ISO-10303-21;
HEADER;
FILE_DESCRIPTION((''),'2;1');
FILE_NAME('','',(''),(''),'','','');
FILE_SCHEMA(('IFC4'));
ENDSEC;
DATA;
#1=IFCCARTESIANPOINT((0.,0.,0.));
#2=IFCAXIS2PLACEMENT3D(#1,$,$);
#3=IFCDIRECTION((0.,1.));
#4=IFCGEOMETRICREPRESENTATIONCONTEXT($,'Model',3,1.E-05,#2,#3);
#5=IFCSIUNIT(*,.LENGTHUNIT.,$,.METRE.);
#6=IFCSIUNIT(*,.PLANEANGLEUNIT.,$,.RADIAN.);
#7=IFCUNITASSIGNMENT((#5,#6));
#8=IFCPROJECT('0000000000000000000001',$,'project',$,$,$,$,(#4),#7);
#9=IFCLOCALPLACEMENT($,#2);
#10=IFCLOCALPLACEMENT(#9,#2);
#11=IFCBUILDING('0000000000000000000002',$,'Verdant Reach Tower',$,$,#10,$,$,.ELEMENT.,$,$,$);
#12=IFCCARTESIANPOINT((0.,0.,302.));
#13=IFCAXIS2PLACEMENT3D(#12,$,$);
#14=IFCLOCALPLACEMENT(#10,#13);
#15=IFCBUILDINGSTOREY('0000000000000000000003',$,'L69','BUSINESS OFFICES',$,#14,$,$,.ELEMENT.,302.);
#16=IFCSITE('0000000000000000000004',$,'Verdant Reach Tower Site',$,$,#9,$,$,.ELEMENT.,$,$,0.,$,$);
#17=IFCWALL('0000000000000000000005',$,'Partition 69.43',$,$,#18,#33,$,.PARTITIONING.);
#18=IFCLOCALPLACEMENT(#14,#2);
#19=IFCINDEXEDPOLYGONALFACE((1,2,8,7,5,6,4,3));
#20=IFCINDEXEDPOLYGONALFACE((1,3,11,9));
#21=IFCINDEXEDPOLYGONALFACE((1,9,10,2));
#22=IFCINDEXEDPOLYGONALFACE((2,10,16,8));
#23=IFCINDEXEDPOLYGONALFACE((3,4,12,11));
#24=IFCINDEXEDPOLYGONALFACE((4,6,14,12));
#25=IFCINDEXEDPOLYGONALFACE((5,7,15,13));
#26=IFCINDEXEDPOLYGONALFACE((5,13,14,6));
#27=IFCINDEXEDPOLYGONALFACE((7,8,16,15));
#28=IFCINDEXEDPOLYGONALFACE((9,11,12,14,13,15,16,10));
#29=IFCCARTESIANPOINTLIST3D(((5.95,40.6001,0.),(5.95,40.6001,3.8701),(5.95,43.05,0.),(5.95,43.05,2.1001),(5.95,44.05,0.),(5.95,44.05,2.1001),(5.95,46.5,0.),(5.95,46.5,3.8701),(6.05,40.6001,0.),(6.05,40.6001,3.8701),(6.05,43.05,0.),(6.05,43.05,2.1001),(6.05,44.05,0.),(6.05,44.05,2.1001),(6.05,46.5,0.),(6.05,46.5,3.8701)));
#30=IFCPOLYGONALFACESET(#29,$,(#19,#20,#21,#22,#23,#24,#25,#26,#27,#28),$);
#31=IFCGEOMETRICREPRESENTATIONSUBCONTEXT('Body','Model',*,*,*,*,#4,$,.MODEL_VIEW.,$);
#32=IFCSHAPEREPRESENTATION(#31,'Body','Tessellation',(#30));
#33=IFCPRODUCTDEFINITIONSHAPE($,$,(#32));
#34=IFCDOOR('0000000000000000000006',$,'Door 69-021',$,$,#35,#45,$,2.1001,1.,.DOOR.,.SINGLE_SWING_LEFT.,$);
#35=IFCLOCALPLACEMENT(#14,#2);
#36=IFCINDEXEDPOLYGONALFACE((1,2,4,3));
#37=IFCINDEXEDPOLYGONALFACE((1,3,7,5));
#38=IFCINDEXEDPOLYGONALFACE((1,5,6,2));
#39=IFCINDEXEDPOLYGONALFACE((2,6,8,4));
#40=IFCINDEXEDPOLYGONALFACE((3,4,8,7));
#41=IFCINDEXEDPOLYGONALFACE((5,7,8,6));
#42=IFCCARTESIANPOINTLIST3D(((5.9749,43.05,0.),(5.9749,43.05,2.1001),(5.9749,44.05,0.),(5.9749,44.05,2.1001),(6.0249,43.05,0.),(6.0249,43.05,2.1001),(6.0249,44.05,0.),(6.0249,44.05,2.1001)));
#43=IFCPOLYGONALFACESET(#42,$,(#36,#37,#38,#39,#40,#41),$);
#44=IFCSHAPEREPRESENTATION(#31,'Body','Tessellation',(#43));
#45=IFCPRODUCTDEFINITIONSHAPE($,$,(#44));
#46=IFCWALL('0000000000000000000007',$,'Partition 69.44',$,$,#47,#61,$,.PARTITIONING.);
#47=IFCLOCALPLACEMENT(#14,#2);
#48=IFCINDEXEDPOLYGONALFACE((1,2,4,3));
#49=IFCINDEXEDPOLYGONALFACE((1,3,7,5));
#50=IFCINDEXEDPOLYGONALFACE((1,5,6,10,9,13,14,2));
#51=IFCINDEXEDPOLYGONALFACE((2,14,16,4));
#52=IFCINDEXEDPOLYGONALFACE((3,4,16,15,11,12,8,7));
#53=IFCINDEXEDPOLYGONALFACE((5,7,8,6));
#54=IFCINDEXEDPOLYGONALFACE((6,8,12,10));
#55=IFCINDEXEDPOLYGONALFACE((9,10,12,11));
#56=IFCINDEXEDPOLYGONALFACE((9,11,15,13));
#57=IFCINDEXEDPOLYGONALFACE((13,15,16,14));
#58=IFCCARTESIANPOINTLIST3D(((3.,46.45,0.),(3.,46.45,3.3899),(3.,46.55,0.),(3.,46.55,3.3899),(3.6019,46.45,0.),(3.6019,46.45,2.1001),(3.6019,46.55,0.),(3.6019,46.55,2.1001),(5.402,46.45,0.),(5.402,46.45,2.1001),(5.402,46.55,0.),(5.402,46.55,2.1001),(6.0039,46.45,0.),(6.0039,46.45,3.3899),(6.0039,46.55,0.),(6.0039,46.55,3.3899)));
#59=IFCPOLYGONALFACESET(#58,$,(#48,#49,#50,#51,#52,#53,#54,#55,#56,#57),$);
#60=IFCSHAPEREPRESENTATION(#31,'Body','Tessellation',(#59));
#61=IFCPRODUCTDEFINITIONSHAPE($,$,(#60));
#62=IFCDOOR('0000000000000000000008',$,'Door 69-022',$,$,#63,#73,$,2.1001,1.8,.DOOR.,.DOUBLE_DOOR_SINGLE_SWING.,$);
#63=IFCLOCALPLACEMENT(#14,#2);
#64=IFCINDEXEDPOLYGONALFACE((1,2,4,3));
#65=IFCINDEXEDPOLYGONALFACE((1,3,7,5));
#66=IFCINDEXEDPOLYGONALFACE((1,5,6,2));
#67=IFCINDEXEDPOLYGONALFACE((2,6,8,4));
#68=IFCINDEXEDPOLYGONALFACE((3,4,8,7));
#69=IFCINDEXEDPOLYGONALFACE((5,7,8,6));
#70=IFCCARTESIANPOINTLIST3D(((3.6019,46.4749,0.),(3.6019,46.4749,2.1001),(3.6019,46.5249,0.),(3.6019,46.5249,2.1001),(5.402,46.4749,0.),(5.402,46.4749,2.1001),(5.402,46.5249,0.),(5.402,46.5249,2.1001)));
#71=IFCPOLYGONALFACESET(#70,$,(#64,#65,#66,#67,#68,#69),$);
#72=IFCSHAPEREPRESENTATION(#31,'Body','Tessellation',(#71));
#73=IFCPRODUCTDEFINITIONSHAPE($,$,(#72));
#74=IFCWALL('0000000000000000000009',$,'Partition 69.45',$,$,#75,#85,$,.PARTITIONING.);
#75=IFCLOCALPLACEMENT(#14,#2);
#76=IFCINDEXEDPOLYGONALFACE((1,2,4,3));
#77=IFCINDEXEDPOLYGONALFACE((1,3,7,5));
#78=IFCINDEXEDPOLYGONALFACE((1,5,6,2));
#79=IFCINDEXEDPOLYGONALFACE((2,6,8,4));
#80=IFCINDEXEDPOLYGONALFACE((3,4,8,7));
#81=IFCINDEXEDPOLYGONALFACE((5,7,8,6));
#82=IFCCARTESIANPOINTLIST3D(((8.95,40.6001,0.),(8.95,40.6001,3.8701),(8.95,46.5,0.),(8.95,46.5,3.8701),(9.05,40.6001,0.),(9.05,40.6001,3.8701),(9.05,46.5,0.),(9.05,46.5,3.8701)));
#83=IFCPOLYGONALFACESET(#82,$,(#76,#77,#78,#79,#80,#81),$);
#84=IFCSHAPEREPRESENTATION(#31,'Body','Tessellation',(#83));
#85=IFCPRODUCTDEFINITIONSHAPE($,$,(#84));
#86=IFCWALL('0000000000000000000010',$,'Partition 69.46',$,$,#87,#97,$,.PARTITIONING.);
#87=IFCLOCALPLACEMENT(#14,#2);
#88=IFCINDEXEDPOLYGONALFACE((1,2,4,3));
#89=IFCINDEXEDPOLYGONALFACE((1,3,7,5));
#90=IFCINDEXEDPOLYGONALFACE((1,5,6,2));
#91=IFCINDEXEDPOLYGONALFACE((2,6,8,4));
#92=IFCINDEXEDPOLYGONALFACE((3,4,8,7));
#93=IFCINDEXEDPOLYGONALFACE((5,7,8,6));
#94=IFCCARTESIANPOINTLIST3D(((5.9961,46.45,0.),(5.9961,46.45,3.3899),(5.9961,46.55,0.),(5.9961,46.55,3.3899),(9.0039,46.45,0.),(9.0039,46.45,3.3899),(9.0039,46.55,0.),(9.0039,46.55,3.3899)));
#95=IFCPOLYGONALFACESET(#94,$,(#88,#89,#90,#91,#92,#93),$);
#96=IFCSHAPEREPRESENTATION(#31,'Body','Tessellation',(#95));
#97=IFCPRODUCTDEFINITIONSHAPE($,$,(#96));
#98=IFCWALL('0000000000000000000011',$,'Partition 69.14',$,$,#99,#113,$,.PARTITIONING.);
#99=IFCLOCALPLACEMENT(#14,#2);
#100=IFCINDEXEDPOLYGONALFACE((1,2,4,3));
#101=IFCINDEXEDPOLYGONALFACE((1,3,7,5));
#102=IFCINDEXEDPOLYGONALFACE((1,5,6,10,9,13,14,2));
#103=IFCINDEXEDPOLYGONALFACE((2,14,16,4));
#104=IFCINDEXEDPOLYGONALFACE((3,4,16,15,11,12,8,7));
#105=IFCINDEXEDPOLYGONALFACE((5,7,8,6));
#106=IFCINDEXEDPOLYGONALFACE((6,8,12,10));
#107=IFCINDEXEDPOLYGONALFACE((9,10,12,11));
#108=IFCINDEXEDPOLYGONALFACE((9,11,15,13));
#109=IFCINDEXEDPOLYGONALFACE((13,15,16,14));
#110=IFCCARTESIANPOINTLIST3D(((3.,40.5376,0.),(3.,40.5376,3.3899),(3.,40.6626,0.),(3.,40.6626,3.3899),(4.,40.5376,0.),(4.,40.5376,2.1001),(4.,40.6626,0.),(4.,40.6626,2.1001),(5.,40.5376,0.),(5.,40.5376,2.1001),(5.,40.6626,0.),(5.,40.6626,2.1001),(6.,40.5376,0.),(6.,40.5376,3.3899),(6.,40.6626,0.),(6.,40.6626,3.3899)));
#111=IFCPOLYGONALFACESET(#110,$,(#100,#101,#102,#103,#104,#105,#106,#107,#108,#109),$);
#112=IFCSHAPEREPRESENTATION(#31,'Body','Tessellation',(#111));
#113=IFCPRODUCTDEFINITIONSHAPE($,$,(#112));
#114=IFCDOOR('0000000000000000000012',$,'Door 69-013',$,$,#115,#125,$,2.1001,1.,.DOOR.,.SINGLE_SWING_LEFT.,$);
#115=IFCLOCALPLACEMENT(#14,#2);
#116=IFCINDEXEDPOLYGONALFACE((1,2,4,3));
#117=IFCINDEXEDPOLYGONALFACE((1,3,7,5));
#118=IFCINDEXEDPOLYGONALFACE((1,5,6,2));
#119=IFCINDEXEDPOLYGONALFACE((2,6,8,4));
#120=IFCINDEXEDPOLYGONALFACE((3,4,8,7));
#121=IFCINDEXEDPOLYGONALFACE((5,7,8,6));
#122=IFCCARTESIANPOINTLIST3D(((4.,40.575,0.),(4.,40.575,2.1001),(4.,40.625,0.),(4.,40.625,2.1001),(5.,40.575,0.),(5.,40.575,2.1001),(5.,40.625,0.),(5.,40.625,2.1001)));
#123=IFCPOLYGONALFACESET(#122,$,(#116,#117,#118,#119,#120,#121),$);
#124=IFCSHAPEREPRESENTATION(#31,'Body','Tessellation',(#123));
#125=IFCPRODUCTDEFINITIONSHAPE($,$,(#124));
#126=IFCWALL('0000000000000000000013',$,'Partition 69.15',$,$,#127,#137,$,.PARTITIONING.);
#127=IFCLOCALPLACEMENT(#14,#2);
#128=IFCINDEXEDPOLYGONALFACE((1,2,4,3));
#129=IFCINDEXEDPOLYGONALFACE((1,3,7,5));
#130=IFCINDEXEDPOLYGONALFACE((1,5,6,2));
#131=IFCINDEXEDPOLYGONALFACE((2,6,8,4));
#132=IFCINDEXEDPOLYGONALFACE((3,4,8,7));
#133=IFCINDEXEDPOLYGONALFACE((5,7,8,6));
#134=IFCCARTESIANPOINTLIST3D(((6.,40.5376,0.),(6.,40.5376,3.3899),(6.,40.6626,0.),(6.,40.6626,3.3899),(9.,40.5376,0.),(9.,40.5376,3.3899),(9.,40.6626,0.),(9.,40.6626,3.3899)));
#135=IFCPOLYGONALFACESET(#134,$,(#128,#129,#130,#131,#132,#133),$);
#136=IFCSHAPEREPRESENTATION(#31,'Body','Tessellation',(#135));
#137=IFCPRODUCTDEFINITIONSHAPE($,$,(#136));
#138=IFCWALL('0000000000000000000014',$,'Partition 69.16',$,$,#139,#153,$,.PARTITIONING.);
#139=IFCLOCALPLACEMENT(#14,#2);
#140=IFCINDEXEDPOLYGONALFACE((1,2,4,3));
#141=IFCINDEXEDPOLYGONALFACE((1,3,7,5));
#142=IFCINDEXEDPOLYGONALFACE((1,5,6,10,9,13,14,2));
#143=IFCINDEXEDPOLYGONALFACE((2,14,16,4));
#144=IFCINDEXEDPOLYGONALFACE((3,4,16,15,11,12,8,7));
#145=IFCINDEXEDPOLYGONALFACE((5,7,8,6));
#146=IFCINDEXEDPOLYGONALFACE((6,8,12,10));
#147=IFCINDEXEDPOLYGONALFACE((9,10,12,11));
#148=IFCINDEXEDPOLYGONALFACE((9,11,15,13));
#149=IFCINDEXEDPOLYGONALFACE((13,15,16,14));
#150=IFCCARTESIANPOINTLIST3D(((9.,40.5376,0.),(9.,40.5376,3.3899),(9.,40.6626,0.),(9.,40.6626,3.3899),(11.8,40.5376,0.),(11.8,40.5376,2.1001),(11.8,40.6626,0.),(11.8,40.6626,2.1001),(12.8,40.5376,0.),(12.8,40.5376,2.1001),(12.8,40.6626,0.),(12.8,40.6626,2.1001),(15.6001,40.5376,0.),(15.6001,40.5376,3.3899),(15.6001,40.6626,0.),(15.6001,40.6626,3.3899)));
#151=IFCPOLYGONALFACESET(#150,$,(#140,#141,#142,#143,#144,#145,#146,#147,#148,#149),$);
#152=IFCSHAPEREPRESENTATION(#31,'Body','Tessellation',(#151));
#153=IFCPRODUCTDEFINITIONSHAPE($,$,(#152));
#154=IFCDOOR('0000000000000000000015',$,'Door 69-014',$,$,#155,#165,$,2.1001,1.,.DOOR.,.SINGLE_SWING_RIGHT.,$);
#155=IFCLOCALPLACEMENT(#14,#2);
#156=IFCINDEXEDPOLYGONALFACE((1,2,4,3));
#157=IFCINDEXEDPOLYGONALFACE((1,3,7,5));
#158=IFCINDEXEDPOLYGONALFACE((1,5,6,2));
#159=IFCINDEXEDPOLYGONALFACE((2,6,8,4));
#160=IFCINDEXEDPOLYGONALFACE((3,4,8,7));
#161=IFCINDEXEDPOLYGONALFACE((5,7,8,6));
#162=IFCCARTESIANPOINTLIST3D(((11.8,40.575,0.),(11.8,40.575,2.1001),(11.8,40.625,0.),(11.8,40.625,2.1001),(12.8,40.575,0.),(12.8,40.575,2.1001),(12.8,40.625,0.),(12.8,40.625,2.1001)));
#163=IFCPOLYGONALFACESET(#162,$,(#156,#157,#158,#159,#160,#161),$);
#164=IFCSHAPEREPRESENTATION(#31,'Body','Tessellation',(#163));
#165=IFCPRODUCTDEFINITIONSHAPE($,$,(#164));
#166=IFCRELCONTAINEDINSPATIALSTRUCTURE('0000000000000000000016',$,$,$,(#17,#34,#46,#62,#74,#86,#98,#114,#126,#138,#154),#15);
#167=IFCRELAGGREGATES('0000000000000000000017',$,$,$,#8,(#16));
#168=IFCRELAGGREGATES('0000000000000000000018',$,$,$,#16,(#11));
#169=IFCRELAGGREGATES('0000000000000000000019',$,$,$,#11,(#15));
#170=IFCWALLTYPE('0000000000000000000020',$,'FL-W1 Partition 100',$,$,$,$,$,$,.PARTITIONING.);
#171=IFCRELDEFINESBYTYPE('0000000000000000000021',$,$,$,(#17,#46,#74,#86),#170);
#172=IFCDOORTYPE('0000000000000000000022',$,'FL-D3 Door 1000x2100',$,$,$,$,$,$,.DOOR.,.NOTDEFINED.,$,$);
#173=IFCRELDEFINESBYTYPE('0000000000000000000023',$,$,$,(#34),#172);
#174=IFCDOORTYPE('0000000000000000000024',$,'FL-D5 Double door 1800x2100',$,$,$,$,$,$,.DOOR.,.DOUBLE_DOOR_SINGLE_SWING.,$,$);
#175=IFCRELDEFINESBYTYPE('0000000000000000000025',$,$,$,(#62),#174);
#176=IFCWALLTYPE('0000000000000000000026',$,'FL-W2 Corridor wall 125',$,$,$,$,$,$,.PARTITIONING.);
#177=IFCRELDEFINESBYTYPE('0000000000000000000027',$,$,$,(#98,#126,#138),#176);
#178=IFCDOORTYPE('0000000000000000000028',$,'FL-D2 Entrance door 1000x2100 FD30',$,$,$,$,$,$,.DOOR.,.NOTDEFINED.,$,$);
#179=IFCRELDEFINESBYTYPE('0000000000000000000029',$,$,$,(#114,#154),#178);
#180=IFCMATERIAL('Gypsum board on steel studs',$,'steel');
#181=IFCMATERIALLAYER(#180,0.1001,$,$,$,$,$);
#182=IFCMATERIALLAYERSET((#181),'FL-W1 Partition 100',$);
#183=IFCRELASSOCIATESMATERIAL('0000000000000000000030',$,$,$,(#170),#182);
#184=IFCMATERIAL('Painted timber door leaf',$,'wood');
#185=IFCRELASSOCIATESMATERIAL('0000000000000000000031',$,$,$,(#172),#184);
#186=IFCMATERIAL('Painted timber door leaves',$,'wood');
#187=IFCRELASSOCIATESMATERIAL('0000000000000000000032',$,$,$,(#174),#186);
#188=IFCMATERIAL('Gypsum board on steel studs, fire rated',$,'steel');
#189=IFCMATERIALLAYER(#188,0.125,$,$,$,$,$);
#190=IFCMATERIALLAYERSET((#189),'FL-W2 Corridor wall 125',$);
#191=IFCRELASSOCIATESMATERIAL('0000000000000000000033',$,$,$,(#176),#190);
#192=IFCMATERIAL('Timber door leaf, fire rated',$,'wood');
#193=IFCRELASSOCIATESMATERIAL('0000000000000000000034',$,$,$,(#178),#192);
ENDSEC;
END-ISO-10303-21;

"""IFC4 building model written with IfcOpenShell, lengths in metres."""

from ifc_helpers import new_model, si_unit, direction, frame, frame_2d, origin, place, context, subcontext, project, spatial, rectangle, extrude, material, layer, layer_set, type_object, element, fill, save


model = new_model("IFC4")

# Units and contexts
model_context = context("Model", 3, precision=1e-05, world=origin(), true_north=direction((0.0, 1.0)))
body_context = subcontext(model_context, "Body", "Model", "MODEL_VIEW")
ifc_project = project(units=[si_unit("LENGTHUNIT", "METRE"), si_unit("PLANEANGLEUNIT", "RADIAN")], contexts=[model_context])

# Site, building, storey
site_placement = place(None, origin())
site = spatial("IfcSite", under=ifc_project, at=site_placement, Name="Verdant Reach Tower Site", CompositionType="ELEMENT", RefElevation=0.0)
building_placement = place(site_placement, origin())
building = spatial("IfcBuilding", under=site, at=building_placement, Name="Verdant Reach Tower", CompositionType="ELEMENT")
storey_placement = place(building_placement, frame((0.0, 0.0, 302.0)))
storey = spatial("IfcBuildingStorey", under=building, at=storey_placement, Name="L69", Description="BUSINESS OFFICES", CompositionType="ELEMENT", Elevation=302.0)

# Shared definitions
ifc_material_1 = material(Name="Gypsum board on steel studs", Category="steel")
ifc_layer_1 = layer(ifc_material_1, 0.1001)
ifc_layer_set_1 = layer_set([ifc_layer_1], Name="FL-W1 Partition 100")
wall_type_1 = type_object("IfcWallType", Name="FL-W1 Partition 100", PredefinedType="PARTITIONING", material=ifc_layer_set_1)

# Walls, openings, doors
wall_1_placement = place(storey_placement, frame((6.0, 46.5, 0.0), z_axis=(0.0, 0.0, 1.0), x_axis=(0.0, -1.0, 0.0)))
wall_1 = element("IfcWall", 1, at=wall_1_placement, inside=storey, type_object=wall_type_1, Name="Partition 69.43", PredefinedType="PARTITIONING", context=body_context, shape_type="SweptSolid", body=[
    extrude(rectangle(XDim=5.8999, YDim=0.1001, at=frame_2d((2.95, 0.0))), origin(), (0.0, 0.0, 1.0), 3.8701),
])
opening_1_placement = place(wall_1_placement, frame((2.45, 0.0, 0.0)))
opening_1 = element("IfcOpeningElement", 2, at=opening_1_placement, cuts=wall_1, PredefinedType="OPENING", context=body_context, shape_type="SweptSolid", body=[
    extrude(rectangle(XDim=1.0, YDim=2.1001, at=frame_2d((0.5, 1.05))), frame((0.0, 0.0601, 0.0), z_axis=(0.0, -1.0, 0.0), x_axis=(1.0, 0.0, 0.0)), (0.0, 0.0, 1.0), 0.1201),
])
ifc_material_2 = material(Name="Painted timber door leaf", Category="wood")
door_type_1 = type_object("IfcDoorType", Name="FL-D3 Door 1000x2100", OperationType="NOTDEFINED", PredefinedType="DOOR", material=ifc_material_2)
door_1_placement = place(opening_1_placement, origin())
door_1 = element("IfcDoor", 3, at=door_1_placement, inside=storey, type_object=door_type_1, Name="Door 69-021", OperationType="SINGLE_SWING_LEFT", OverallHeight=2.1001, OverallWidth=1.0, PredefinedType="DOOR", context=body_context, shape_type="SweptSolid", body=[
    extrude(rectangle(XDim=1.0, YDim=2.1001, at=frame_2d((0.5, 1.05))), frame((0.0, 0.0249, 0.0), z_axis=(0.0, -1.0, 0.0), x_axis=(1.0, 0.0, 0.0)), (0.0, 0.0, 1.0), 0.05),
])
fill(opening_1, door_1)
wall_2_placement = place(storey_placement, frame((3.0, 46.5, 0.0), z_axis=(0.0, 0.0, 1.0), x_axis=(1.0, 0.0, 0.0)))
wall_2 = element("IfcWall", 4, at=wall_2_placement, inside=storey, type_object=wall_type_1, Name="Partition 69.44", PredefinedType="PARTITIONING", context=body_context, shape_type="SweptSolid", body=[
    extrude(rectangle(XDim=3.0039, YDim=0.1001, at=frame_2d((1.502, 0.0))), origin(), (0.0, 0.0, 1.0), 3.3899),
])
opening_2_placement = place(wall_2_placement, frame((0.6021, 0.0, 0.0)))
opening_2 = element("IfcOpeningElement", 5, at=opening_2_placement, cuts=wall_2, PredefinedType="OPENING", context=body_context, shape_type="SweptSolid", body=[
    extrude(rectangle(XDim=1.8, YDim=2.1001, at=frame_2d((0.8999, 1.05))), frame((0.0, 0.0601, 0.0), z_axis=(0.0, -1.0, 0.0), x_axis=(1.0, 0.0, 0.0)), (0.0, 0.0, 1.0), 0.1201),
])
ifc_material_3 = material(Name="Painted timber door leaves", Category="wood")
door_type_2 = type_object("IfcDoorType", Name="FL-D5 Double door 1800x2100", OperationType="DOUBLE_DOOR_SINGLE_SWING", PredefinedType="DOOR", material=ifc_material_3)
door_2_placement = place(opening_2_placement, origin())
door_2 = element("IfcDoor", 6, at=door_2_placement, inside=storey, type_object=door_type_2, Name="Door 69-022", OperationType="DOUBLE_DOOR_SINGLE_SWING", OverallHeight=2.1001, OverallWidth=1.8, PredefinedType="DOOR", context=body_context, shape_type="SweptSolid", body=[
    extrude(rectangle(XDim=1.8, YDim=2.1001, at=frame_2d((0.8999, 1.05))), frame((0.0, 0.0249, 0.0), z_axis=(0.0, -1.0, 0.0), x_axis=(1.0, 0.0, 0.0)), (0.0, 0.0, 1.0), 0.05),
])
fill(opening_2, door_2)

# Walls
wall_3_placement = place(storey_placement, frame((9.0, 40.6001, 0.0), z_axis=(0.0, 0.0, 1.0), x_axis=(0.0, 1.0, 0.0)))
element("IfcWall", 7, at=wall_3_placement, inside=storey, type_object=wall_type_1, Name="Partition 69.45", PredefinedType="PARTITIONING", context=body_context, shape_type="SweptSolid", body=[
    extrude(rectangle(XDim=5.8999, YDim=0.1001, at=frame_2d((2.95, 0.0))), origin(), (0.0, 0.0, 1.0), 3.8701),
])
wall_4_placement = place(storey_placement, frame((9.0039, 46.5, 0.0), z_axis=(0.0, 0.0, 1.0), x_axis=(-1.0, 0.0, 0.0)))
element("IfcWall", 8, at=wall_4_placement, inside=storey, type_object=wall_type_1, Name="Partition 69.46", PredefinedType="PARTITIONING", context=body_context, shape_type="SweptSolid", body=[
    extrude(rectangle(XDim=3.0078, YDim=0.1001, at=frame_2d((1.5039, 0.0))), origin(), (0.0, 0.0, 1.0), 3.3899),
])

# Wall, opening, door
ifc_material_4 = material(Name="Gypsum board on steel studs, fire rated", Category="steel")
ifc_layer_2 = layer(ifc_material_4, 0.125)
ifc_layer_set_2 = layer_set([ifc_layer_2], Name="FL-W2 Corridor wall 125")
wall_type_2 = type_object("IfcWallType", Name="FL-W2 Corridor wall 125", PredefinedType="PARTITIONING", material=ifc_layer_set_2)
wall_5_placement = place(storey_placement, frame((3.0, 40.6001, 0.0), z_axis=(0.0, 0.0, 1.0), x_axis=(1.0, 0.0, 0.0)))
wall_5 = element("IfcWall", 9, at=wall_5_placement, inside=storey, type_object=wall_type_2, Name="Partition 69.14", PredefinedType="PARTITIONING", context=body_context, shape_type="SweptSolid", body=[
    extrude(rectangle(XDim=3.0, YDim=0.125, at=frame_2d((1.5, 0.0))), origin(), (0.0, 0.0, 1.0), 3.3899),
])
opening_3_placement = place(wall_5_placement, frame((1.0, 0.0, 0.0)))
opening_3 = element("IfcOpeningElement", 10, at=opening_3_placement, cuts=wall_5, PredefinedType="OPENING", context=body_context, shape_type="SweptSolid", body=[
    extrude(rectangle(XDim=1.0, YDim=2.1001, at=frame_2d((0.5, 1.05))), frame((0.0, 0.0725, 0.0), z_axis=(0.0, -1.0, 0.0), x_axis=(1.0, 0.0, 0.0)), (0.0, 0.0, 1.0), 0.145),
])
ifc_material_5 = material(Name="Timber door leaf, fire rated", Category="wood")
door_type_3 = type_object("IfcDoorType", Name="FL-D2 Entrance door 1000x2100 FD30", OperationType="NOTDEFINED", PredefinedType="DOOR", material=ifc_material_5)
door_3_placement = place(opening_3_placement, origin())
door_3 = element("IfcDoor", 11, at=door_3_placement, inside=storey, type_object=door_type_3, Name="Door 69-013", OperationType="SINGLE_SWING_LEFT", OverallHeight=2.1001, OverallWidth=1.0, PredefinedType="DOOR", context=body_context, shape_type="SweptSolid", body=[
    extrude(rectangle(XDim=1.0, YDim=2.1001, at=frame_2d((0.5, 1.05))), frame((0.0, 0.0249, 0.0), z_axis=(0.0, -1.0, 0.0), x_axis=(1.0, 0.0, 0.0)), (0.0, 0.0, 1.0), 0.05),
])
fill(opening_3, door_3)

# Wall
wall_6_placement = place(storey_placement, frame((9.0, 40.6001, 0.0), z_axis=(0.0, 0.0, 1.0), x_axis=(-1.0, 0.0, 0.0)))
element("IfcWall", 12, at=wall_6_placement, inside=storey, type_object=wall_type_2, Name="Partition 69.15", PredefinedType="PARTITIONING", context=body_context, shape_type="SweptSolid", body=[
    extrude(rectangle(XDim=3.0, YDim=0.125, at=frame_2d((1.5, 0.0))), origin(), (0.0, 0.0, 1.0), 3.3899),
])

# Wall, opening, door
wall_7_placement = place(storey_placement, frame((9.0, 40.6001, 0.0), z_axis=(0.0, 0.0, 1.0), x_axis=(1.0, 0.0, 0.0)))
wall_7 = element("IfcWall", 13, at=wall_7_placement, inside=storey, type_object=wall_type_2, Name="Partition 69.16", PredefinedType="PARTITIONING", context=body_context, shape_type="SweptSolid", body=[
    extrude(rectangle(XDim=6.6001, YDim=0.125, at=frame_2d((3.3, 0.0))), origin(), (0.0, 0.0, 1.0), 3.3899),
])
opening_4_placement = place(wall_7_placement, frame((2.8, 0.0, 0.0)))
opening_4 = element("IfcOpeningElement", 14, at=opening_4_placement, cuts=wall_7, PredefinedType="OPENING", context=body_context, shape_type="SweptSolid", body=[
    extrude(rectangle(XDim=1.0, YDim=2.1001, at=frame_2d((0.5, 1.05))), frame((0.0, 0.0725, 0.0), z_axis=(0.0, -1.0, 0.0), x_axis=(1.0, 0.0, 0.0)), (0.0, 0.0, 1.0), 0.145),
])
door_4_placement = place(opening_4_placement, origin())
door_4 = element("IfcDoor", 15, at=door_4_placement, inside=storey, type_object=door_type_3, Name="Door 69-014", OperationType="SINGLE_SWING_RIGHT", OverallHeight=2.1001, OverallWidth=1.0, PredefinedType="DOOR", context=body_context, shape_type="SweptSolid", body=[
    extrude(rectangle(XDim=1.0, YDim=2.1001, at=frame_2d((0.5, 1.05))), frame((0.0, 0.0249, 0.0), z_axis=(0.0, -1.0, 0.0), x_axis=(1.0, 0.0, 0.0)), (0.0, 0.0, 1.0), 0.05),
])
fill(opening_4, door_4)

save(model, "model.ifc")
